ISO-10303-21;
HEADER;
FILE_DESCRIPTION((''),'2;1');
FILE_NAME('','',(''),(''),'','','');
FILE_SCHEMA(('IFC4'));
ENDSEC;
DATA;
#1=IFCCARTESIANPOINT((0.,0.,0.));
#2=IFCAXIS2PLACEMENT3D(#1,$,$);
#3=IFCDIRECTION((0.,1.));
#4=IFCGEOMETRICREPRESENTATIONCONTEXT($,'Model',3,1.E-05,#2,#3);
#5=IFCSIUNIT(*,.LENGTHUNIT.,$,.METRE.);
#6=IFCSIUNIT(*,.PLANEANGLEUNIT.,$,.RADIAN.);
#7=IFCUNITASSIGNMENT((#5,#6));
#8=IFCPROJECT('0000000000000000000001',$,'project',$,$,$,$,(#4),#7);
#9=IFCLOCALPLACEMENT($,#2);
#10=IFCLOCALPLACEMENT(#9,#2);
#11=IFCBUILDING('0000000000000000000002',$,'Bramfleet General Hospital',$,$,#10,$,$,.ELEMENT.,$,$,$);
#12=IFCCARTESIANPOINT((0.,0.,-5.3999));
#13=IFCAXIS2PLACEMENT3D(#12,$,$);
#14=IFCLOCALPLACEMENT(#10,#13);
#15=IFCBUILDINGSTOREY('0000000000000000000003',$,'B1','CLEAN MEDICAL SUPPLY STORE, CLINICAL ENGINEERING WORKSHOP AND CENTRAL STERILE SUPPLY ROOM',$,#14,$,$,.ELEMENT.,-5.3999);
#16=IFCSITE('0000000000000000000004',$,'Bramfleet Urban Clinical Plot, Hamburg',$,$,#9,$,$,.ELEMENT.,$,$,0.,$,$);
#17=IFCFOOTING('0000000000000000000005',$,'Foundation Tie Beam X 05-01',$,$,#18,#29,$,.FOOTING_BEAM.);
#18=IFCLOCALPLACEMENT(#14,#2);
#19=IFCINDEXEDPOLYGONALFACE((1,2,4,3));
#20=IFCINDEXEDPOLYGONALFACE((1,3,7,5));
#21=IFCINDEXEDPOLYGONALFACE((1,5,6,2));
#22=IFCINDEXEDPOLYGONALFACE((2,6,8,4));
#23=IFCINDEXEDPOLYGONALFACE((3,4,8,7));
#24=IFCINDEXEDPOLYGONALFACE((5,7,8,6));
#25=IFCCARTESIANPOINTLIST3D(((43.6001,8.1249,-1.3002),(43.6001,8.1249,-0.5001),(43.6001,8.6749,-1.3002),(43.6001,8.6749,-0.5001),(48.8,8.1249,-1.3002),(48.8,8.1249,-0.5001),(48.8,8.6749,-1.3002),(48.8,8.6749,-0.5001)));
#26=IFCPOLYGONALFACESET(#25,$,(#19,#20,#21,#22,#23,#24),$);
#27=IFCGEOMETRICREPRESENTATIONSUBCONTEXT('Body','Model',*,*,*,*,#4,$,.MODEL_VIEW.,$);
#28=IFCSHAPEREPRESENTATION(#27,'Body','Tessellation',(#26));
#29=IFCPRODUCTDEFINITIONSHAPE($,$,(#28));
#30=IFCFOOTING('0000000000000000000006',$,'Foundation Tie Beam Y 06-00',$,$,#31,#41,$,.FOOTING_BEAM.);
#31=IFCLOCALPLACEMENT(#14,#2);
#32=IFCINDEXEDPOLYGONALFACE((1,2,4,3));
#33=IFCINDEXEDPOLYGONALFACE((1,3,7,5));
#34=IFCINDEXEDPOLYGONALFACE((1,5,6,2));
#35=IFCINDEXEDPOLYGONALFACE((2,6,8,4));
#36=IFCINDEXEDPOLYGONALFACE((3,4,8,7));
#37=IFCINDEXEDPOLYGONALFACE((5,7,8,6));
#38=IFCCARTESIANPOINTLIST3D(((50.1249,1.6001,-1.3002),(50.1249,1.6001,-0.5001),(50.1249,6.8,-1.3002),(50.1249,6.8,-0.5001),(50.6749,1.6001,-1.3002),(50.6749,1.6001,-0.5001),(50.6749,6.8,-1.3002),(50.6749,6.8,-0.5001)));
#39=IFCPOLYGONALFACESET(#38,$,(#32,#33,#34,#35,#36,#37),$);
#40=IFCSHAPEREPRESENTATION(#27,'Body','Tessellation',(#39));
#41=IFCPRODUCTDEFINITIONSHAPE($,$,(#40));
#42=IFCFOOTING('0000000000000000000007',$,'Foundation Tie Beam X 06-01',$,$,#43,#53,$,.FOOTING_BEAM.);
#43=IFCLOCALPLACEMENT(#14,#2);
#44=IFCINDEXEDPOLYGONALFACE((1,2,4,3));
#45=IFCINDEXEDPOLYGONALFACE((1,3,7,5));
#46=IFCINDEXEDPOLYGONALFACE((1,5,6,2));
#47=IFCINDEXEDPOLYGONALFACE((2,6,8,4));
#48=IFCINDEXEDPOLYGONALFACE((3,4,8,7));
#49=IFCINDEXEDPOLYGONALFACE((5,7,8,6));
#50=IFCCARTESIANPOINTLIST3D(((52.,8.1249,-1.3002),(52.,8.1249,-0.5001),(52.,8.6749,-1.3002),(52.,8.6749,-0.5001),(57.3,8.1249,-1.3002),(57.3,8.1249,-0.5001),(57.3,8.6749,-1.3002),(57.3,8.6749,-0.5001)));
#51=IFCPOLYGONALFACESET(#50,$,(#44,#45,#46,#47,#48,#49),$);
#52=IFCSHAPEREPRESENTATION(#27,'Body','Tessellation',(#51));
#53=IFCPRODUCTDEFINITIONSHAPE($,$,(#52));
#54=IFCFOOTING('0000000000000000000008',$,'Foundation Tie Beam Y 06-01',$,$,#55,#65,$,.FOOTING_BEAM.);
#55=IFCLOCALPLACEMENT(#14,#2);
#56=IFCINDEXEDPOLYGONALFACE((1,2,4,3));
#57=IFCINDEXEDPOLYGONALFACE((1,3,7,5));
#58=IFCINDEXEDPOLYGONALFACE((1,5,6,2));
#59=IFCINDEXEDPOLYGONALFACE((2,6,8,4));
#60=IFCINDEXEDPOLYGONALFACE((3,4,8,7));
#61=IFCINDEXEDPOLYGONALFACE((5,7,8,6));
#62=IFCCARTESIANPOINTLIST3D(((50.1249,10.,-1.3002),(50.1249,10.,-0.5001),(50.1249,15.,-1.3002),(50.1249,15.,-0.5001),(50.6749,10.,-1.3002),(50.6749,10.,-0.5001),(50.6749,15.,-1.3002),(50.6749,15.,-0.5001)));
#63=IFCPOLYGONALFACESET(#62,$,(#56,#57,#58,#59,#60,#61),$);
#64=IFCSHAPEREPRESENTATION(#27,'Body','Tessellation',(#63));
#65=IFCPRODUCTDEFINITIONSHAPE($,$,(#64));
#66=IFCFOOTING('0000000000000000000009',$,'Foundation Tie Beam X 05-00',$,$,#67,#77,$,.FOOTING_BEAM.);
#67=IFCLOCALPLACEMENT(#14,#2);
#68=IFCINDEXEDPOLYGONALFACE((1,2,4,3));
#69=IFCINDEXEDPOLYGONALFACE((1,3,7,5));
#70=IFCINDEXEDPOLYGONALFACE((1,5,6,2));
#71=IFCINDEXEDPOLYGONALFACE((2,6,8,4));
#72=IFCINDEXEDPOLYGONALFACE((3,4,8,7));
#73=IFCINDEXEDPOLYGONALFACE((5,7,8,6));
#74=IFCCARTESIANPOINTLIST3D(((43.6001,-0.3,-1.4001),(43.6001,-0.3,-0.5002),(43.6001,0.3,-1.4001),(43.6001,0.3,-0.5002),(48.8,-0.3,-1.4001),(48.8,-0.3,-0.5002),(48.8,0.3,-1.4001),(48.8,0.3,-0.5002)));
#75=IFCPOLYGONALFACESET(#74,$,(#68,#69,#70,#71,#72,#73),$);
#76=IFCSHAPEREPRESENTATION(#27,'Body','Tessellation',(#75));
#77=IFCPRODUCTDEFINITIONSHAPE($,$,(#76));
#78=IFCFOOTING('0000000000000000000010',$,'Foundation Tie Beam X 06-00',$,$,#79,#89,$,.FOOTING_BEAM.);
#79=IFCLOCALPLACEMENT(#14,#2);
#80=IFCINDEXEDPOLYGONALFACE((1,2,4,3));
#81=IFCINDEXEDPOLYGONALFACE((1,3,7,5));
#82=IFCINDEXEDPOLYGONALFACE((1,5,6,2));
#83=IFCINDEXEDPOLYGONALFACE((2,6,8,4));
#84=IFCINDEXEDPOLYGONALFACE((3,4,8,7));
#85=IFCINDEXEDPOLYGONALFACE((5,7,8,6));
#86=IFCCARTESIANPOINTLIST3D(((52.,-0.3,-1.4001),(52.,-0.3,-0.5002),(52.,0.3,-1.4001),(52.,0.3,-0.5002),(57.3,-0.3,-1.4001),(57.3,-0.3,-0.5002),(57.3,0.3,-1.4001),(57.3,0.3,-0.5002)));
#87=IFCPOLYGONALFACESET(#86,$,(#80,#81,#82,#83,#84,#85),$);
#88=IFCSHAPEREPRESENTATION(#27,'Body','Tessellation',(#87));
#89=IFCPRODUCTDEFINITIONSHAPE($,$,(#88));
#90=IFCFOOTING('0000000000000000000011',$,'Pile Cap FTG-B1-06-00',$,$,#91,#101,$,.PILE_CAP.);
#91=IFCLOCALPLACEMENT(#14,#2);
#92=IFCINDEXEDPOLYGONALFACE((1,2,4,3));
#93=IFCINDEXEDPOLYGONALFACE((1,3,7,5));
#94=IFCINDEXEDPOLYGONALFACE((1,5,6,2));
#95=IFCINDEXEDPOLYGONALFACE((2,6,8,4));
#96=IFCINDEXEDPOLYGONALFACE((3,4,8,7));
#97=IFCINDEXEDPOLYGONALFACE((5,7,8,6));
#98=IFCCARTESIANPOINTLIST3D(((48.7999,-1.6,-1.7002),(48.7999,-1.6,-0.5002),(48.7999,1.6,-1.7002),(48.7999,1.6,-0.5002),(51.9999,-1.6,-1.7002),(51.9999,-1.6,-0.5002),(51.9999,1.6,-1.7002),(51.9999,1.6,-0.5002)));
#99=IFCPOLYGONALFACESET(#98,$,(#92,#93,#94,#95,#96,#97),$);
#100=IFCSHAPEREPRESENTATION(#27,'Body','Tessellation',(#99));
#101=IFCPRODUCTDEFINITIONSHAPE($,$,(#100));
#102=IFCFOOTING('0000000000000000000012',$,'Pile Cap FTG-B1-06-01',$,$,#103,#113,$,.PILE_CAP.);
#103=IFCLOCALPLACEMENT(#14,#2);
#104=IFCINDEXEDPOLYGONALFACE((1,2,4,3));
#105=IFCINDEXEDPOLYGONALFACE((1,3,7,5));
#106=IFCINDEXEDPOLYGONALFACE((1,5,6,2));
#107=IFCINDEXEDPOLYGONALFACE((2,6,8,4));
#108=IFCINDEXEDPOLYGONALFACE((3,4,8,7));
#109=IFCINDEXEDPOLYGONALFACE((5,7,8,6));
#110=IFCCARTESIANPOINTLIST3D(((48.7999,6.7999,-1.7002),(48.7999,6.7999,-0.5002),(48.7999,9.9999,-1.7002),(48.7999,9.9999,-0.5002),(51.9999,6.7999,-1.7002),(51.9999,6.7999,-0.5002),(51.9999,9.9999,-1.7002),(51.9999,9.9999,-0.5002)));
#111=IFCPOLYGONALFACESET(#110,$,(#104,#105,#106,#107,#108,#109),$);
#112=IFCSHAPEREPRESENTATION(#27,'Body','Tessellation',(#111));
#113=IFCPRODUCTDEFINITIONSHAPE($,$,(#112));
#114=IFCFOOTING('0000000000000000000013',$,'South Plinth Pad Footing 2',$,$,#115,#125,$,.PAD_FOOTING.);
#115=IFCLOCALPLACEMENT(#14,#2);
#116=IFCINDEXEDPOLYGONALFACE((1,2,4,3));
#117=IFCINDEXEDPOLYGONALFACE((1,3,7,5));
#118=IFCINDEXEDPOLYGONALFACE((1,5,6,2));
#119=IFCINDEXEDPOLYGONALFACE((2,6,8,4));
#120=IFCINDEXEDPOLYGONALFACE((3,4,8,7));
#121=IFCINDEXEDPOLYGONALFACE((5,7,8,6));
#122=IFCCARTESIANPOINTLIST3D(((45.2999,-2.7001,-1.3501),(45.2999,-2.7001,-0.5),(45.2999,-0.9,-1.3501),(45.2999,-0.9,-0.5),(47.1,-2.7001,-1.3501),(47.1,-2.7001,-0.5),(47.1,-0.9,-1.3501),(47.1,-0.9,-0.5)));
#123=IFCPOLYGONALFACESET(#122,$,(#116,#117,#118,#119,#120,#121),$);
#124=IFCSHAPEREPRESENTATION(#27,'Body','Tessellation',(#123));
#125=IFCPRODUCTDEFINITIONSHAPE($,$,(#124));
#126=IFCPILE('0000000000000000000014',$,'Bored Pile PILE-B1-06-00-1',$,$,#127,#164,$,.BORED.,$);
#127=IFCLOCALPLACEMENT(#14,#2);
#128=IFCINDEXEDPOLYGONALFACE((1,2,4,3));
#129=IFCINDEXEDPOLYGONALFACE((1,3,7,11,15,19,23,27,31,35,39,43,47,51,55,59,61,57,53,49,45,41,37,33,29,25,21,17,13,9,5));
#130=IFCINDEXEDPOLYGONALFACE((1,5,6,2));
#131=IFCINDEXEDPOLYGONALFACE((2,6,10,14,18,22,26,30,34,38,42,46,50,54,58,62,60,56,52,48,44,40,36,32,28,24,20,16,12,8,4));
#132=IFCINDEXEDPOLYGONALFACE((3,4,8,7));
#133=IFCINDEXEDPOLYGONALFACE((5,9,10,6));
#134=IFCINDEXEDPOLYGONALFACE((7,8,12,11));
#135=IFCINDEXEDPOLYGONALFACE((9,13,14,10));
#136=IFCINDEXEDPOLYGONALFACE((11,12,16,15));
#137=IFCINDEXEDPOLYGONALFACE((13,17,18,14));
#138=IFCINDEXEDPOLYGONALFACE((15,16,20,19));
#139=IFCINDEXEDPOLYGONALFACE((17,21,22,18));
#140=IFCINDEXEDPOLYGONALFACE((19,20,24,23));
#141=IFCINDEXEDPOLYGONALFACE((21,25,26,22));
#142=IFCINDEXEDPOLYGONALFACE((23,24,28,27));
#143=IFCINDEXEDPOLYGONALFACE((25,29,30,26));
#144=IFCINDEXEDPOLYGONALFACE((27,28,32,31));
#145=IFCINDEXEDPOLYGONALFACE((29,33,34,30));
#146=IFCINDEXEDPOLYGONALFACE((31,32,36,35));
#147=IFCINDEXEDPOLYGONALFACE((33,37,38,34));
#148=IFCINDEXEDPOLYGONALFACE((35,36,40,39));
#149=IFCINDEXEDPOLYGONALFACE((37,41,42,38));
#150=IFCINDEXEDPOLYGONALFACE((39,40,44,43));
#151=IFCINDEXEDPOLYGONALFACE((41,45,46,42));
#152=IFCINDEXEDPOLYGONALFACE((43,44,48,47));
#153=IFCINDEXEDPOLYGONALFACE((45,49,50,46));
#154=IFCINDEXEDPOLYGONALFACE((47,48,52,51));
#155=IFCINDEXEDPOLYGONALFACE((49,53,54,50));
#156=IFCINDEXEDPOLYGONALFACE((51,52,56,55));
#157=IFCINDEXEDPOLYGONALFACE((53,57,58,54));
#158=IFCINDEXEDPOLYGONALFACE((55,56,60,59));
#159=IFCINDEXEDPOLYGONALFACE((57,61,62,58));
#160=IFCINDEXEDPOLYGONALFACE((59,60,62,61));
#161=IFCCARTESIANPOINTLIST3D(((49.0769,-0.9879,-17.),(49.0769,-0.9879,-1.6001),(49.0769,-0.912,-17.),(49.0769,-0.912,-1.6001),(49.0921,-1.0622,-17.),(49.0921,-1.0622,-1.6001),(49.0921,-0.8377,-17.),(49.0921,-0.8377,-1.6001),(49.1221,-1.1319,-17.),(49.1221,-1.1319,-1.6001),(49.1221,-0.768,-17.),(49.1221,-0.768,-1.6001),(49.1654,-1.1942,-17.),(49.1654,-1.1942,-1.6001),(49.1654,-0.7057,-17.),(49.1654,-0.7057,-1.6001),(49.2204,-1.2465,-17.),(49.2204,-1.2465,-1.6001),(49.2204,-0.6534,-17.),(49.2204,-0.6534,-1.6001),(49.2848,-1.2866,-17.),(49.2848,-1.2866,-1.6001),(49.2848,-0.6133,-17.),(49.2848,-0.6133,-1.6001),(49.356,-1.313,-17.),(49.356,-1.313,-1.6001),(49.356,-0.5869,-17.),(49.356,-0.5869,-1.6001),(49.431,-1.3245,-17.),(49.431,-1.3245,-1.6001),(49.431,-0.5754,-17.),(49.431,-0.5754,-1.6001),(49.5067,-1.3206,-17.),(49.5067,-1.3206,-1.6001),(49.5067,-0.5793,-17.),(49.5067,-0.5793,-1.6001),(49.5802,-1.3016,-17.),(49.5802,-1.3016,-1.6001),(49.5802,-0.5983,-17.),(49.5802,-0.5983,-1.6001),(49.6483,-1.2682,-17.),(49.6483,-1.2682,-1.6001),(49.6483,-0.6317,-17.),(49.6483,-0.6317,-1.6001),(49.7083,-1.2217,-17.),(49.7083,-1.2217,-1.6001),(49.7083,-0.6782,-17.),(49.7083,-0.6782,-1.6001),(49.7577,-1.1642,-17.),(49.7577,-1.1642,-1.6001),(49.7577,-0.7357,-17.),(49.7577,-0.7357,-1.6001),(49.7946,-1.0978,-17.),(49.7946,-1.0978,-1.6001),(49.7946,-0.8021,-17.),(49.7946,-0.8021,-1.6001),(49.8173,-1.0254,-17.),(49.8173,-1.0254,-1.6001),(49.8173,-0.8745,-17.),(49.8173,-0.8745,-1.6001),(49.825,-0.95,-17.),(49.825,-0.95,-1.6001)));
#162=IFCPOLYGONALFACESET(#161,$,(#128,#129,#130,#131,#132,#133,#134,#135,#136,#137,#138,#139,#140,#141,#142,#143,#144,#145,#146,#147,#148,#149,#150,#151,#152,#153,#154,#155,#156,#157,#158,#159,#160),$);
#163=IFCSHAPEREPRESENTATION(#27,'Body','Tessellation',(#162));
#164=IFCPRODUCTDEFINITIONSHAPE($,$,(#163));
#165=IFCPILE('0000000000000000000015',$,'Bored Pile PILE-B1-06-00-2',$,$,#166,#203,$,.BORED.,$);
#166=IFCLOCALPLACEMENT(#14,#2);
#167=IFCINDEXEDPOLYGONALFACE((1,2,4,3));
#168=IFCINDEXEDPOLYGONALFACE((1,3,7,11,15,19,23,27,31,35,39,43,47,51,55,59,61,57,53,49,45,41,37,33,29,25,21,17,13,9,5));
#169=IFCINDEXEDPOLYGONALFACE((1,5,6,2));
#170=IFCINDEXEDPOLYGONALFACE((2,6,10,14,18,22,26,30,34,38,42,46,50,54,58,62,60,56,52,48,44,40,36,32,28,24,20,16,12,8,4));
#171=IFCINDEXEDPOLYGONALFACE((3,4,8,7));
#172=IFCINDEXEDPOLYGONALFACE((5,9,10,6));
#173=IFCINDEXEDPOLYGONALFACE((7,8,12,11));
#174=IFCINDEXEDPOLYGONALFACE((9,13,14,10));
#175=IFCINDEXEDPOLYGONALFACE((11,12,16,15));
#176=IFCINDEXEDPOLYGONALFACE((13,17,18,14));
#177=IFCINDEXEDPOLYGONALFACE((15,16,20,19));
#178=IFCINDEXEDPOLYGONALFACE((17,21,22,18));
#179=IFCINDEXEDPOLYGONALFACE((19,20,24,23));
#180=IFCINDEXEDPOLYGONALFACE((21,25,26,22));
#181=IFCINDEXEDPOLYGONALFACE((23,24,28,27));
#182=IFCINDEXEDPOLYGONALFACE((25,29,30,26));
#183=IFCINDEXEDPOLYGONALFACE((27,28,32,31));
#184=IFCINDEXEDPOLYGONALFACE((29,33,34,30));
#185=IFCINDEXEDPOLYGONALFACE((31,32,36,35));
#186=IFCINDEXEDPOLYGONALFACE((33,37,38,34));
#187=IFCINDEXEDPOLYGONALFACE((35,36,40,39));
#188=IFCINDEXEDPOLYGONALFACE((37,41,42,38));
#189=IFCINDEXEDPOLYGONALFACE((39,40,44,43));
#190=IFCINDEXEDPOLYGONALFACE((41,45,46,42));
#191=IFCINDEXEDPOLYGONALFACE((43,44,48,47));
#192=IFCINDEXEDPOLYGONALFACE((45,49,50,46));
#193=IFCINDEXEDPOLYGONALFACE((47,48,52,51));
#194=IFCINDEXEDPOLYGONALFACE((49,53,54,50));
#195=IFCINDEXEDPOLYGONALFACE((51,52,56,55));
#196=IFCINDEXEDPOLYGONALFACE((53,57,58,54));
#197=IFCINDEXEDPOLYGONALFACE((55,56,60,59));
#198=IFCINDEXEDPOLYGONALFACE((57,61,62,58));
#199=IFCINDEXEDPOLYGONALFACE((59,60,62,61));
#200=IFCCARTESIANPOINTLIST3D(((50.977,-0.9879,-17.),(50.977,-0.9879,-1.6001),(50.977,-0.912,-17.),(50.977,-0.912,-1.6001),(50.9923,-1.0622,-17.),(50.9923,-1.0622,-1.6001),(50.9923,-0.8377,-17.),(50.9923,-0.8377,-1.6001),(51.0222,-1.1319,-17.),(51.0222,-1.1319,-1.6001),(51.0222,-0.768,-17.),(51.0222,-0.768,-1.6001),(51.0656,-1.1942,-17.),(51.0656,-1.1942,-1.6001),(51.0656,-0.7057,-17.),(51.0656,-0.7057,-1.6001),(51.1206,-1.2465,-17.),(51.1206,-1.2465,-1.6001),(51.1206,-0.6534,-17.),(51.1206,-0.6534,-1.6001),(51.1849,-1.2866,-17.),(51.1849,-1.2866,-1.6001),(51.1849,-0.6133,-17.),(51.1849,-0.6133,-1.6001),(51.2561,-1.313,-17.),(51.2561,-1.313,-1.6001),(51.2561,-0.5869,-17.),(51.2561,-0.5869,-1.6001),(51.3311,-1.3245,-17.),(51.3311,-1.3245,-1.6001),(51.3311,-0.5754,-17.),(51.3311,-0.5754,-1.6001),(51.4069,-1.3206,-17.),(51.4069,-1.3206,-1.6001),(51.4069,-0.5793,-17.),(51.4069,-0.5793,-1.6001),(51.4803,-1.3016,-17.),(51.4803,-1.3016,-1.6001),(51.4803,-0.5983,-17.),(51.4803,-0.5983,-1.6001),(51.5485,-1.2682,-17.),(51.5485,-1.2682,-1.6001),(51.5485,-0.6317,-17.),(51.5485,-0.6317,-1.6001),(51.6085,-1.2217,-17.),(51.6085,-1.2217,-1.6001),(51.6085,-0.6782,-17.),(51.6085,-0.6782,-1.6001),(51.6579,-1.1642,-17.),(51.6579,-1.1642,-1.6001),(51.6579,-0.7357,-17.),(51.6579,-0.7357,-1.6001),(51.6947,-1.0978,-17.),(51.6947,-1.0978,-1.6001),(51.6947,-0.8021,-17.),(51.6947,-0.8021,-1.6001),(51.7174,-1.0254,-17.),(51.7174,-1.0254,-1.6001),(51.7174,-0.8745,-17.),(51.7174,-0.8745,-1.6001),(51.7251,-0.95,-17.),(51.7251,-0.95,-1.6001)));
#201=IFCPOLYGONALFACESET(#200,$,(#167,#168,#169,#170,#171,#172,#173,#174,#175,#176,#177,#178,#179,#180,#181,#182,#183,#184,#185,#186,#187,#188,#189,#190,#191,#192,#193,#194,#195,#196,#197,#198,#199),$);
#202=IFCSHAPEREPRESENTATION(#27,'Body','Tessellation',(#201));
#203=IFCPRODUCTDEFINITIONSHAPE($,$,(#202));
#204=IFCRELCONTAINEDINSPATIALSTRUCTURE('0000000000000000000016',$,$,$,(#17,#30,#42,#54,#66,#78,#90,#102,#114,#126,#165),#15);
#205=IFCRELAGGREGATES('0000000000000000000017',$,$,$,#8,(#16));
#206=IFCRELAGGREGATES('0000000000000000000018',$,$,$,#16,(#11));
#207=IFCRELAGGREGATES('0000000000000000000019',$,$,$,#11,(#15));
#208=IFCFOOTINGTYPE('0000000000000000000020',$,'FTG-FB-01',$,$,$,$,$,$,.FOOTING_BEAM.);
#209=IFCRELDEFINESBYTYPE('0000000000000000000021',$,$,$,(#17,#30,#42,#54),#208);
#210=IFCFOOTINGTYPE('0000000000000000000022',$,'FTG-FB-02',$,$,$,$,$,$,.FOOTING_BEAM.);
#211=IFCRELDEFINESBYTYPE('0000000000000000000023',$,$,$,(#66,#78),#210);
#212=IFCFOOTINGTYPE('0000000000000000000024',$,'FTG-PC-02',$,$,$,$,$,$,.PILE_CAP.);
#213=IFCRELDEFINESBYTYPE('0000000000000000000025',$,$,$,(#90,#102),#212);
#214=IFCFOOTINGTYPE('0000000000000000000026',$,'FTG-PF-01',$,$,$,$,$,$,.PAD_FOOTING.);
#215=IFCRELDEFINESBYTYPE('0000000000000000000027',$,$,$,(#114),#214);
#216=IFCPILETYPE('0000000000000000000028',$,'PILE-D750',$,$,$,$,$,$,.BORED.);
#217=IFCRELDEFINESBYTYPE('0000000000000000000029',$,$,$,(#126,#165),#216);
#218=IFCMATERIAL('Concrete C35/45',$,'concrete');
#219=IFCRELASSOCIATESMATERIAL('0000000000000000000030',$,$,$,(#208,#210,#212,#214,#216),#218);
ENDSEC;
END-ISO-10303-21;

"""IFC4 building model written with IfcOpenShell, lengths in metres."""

from ifc_helpers import new_model, si_unit, direction, frame, origin, origin_2d, place, context, subcontext, project, spatial, rectangle, circle, extrude, material, material_profile, profile_set, type_object, element, save


model = new_model("IFC4")

# Units and contexts
model_context = context("Model", 3, precision=1e-05, world=origin(), true_north=direction((0.0, 1.0)))
body_context = subcontext(model_context, "Body", "Model", "MODEL_VIEW")
ifc_project = project(units=[si_unit("LENGTHUNIT", "METRE"), si_unit("PLANEANGLEUNIT", "RADIAN")], contexts=[model_context])

# Site, building, storey
site_placement = place(None, origin())
site = spatial("IfcSite", under=ifc_project, at=site_placement, Name="Bramfleet Urban Clinical Plot, Hamburg", CompositionType="ELEMENT", RefElevation=0.0)
building_placement = place(site_placement, origin())
building = spatial("IfcBuilding", under=site, at=building_placement, Name="Bramfleet General Hospital", CompositionType="ELEMENT")
storey_placement = place(building_placement, frame((0.0, 0.0, -5.3999)))
storey = spatial("IfcBuildingStorey", under=building, at=storey_placement, Name="B1", Description="CLEAN MEDICAL SUPPLY STORE, CLINICAL ENGINEERING WORKSHOP AND CENTRAL STERILE SUPPLY ROOM", CompositionType="ELEMENT", Elevation=-5.3999)

# Footings
ifc_material_1 = material(Name="Concrete C35/45", Category="concrete")
ifc_material_profile_1 = material_profile(ifc_material_1, rectangle(XDim=0.55, YDim=0.8, at=origin_2d()), Name="RC FB 800x550")
ifc_profile_set_1 = profile_set([ifc_material_profile_1], Name="Concrete C35/45")
footing_type_1 = type_object("IfcFootingType", Name="FTG-FB-01", PredefinedType="FOOTING_BEAM", material=ifc_profile_set_1)
for number, where, z_axis, x_axis, name in (
    (1, (43.6001, 8.3999, -0.9001), (1.0, 0.0, 0.0), (0.0, 1.0, 0.0), "Foundation Tie Beam X 05-01"),
    (2, (50.3999, 1.6001, -0.9001), (0.0, 1.0, 0.0), (-1.0, 0.0, 0.0), "Foundation Tie Beam Y 06-00"),
):
    element("IfcFooting", number, at=place(storey_placement, frame(where, z_axis=z_axis, x_axis=x_axis)), inside=storey, type_object=footing_type_1, Name=name, PredefinedType="FOOTING_BEAM", context=body_context, shape_type="SweptSolid", body=[
        extrude(rectangle(XDim=0.55, YDim=0.8, at=origin_2d()), origin(), (0.0, 0.0, 1.0), 5.2),
    ])
footing_1_placement = place(storey_placement, frame((52.0, 8.3999, -0.9001), z_axis=(1.0, 0.0, 0.0), x_axis=(0.0, 1.0, 0.0)))
element("IfcFooting", 3, at=footing_1_placement, inside=storey, type_object=footing_type_1, Name="Foundation Tie Beam X 06-01", PredefinedType="FOOTING_BEAM", context=body_context, shape_type="SweptSolid", body=[
    extrude(rectangle(XDim=0.55, YDim=0.8, at=origin_2d()), origin(), (0.0, 0.0, 1.0), 5.3),
])
footing_2_placement = place(storey_placement, frame((50.3999, 10.0, -0.9001), z_axis=(0.0, 1.0, 0.0), x_axis=(-1.0, 0.0, 0.0)))
element("IfcFooting", 4, at=footing_2_placement, inside=storey, type_object=footing_type_1, Name="Foundation Tie Beam Y 06-01", PredefinedType="FOOTING_BEAM", context=body_context, shape_type="SweptSolid", body=[
    extrude(rectangle(XDim=0.55, YDim=0.8, at=origin_2d()), origin(), (0.0, 0.0, 1.0), 5.0),
])
ifc_material_profile_2 = material_profile(ifc_material_1, rectangle(XDim=0.6001, YDim=0.8999, at=origin_2d()), Name="RC FB 900x600")
ifc_profile_set_2 = profile_set([ifc_material_profile_2], Name="Concrete C35/45")
footing_type_2 = type_object("IfcFootingType", Name="FTG-FB-02", PredefinedType="FOOTING_BEAM", material=ifc_profile_set_2)
footing_3_placement = place(storey_placement, frame((43.6001, 0.0, -0.9502), z_axis=(1.0, 0.0, 0.0), x_axis=(0.0, 1.0, 0.0)))
element("IfcFooting", 5, at=footing_3_placement, inside=storey, type_object=footing_type_2, Name="Foundation Tie Beam X 05-00", PredefinedType="FOOTING_BEAM", context=body_context, shape_type="SweptSolid", body=[
    extrude(rectangle(XDim=0.6001, YDim=0.8999, at=origin_2d()), origin(), (0.0, 0.0, 1.0), 5.2),
])
footing_4_placement = place(storey_placement, frame((52.0, 0.0, -0.9502), z_axis=(1.0, 0.0, 0.0), x_axis=(0.0, 1.0, 0.0)))
element("IfcFooting", 6, at=footing_4_placement, inside=storey, type_object=footing_type_2, Name="Foundation Tie Beam X 06-00", PredefinedType="FOOTING_BEAM", context=body_context, shape_type="SweptSolid", body=[
    extrude(rectangle(XDim=0.6001, YDim=0.8999, at=origin_2d()), origin(), (0.0, 0.0, 1.0), 5.3),
])
footing_type_3 = type_object("IfcFootingType", Name="FTG-PC-02", PredefinedType="PILE_CAP", material=ifc_material_1)
for number, where, z_axis, x_axis, name in (
    (7, (50.3999, 0.0, -1.7002), (0.0, 0.0, 1.0), (1.0, 0.0, 0.0), "Pile Cap FTG-B1-06-00"),
    (8, (50.3999, 8.3999, -1.7002), (0.0, 0.0, 1.0), (1.0, 0.0, 0.0), "Pile Cap FTG-B1-06-01"),
):
    element("IfcFooting", number, at=place(storey_placement, frame(where, z_axis=z_axis, x_axis=x_axis)), inside=storey, type_object=footing_type_3, Name=name, PredefinedType="PILE_CAP", context=body_context, shape_type="SweptSolid", body=[
        extrude(rectangle(XDim=3.2, YDim=3.2, at=origin_2d()), origin(), (0.0, 0.0, 1.0), 1.2),
    ])
footing_type_4 = type_object("IfcFootingType", Name="FTG-PF-01", PredefinedType="PAD_FOOTING", material=ifc_material_1)
footing_5_placement = place(storey_placement, frame((46.2, -1.8, -1.3501), z_axis=(0.0, 0.0, 1.0), x_axis=(1.0, 0.0, 0.0)))
element("IfcFooting", 9, at=footing_5_placement, inside=storey, type_object=footing_type_4, Name="South Plinth Pad Footing 2", PredefinedType="PAD_FOOTING", context=body_context, shape_type="SweptSolid", body=[
    extrude(rectangle(XDim=1.8, YDim=1.8, at=origin_2d()), origin(), (0.0, 0.0, 1.0), 0.8501),
])

# Piles
ifc_material_profile_3 = material_profile(ifc_material_1, circle(Radius=0.375, at=origin_2d()), Name="PILE BORED D750")
ifc_profile_set_3 = profile_set([ifc_material_profile_3], Name="Concrete C35/45")
pile_type = type_object("IfcPileType", Name="PILE-D750", PredefinedType="BORED", material=ifc_profile_set_3)
for number, where, z_axis, x_axis, name in (
    (10, (49.45, -0.95, -1.6001), (0.0, 0.0, -1.0), (1.0, 0.0, 0.0), "Bored Pile PILE-B1-06-00-1"),
    (11, (51.3501, -0.95, -1.6001), (0.0, 0.0, -1.0), (1.0, 0.0, 0.0), "Bored Pile PILE-B1-06-00-2"),
):
    element("IfcPile", number, at=place(storey_placement, frame(where, z_axis=z_axis, x_axis=x_axis)), inside=storey, type_object=pile_type, Name=name, PredefinedType="BORED", context=body_context, shape_type="SweptSolid", body=[
        extrude(circle(Radius=0.375, at=origin_2d()), origin(), (0.0, 0.0, 1.0), 15.3999),
    ])

save(model, "model.ifc")
